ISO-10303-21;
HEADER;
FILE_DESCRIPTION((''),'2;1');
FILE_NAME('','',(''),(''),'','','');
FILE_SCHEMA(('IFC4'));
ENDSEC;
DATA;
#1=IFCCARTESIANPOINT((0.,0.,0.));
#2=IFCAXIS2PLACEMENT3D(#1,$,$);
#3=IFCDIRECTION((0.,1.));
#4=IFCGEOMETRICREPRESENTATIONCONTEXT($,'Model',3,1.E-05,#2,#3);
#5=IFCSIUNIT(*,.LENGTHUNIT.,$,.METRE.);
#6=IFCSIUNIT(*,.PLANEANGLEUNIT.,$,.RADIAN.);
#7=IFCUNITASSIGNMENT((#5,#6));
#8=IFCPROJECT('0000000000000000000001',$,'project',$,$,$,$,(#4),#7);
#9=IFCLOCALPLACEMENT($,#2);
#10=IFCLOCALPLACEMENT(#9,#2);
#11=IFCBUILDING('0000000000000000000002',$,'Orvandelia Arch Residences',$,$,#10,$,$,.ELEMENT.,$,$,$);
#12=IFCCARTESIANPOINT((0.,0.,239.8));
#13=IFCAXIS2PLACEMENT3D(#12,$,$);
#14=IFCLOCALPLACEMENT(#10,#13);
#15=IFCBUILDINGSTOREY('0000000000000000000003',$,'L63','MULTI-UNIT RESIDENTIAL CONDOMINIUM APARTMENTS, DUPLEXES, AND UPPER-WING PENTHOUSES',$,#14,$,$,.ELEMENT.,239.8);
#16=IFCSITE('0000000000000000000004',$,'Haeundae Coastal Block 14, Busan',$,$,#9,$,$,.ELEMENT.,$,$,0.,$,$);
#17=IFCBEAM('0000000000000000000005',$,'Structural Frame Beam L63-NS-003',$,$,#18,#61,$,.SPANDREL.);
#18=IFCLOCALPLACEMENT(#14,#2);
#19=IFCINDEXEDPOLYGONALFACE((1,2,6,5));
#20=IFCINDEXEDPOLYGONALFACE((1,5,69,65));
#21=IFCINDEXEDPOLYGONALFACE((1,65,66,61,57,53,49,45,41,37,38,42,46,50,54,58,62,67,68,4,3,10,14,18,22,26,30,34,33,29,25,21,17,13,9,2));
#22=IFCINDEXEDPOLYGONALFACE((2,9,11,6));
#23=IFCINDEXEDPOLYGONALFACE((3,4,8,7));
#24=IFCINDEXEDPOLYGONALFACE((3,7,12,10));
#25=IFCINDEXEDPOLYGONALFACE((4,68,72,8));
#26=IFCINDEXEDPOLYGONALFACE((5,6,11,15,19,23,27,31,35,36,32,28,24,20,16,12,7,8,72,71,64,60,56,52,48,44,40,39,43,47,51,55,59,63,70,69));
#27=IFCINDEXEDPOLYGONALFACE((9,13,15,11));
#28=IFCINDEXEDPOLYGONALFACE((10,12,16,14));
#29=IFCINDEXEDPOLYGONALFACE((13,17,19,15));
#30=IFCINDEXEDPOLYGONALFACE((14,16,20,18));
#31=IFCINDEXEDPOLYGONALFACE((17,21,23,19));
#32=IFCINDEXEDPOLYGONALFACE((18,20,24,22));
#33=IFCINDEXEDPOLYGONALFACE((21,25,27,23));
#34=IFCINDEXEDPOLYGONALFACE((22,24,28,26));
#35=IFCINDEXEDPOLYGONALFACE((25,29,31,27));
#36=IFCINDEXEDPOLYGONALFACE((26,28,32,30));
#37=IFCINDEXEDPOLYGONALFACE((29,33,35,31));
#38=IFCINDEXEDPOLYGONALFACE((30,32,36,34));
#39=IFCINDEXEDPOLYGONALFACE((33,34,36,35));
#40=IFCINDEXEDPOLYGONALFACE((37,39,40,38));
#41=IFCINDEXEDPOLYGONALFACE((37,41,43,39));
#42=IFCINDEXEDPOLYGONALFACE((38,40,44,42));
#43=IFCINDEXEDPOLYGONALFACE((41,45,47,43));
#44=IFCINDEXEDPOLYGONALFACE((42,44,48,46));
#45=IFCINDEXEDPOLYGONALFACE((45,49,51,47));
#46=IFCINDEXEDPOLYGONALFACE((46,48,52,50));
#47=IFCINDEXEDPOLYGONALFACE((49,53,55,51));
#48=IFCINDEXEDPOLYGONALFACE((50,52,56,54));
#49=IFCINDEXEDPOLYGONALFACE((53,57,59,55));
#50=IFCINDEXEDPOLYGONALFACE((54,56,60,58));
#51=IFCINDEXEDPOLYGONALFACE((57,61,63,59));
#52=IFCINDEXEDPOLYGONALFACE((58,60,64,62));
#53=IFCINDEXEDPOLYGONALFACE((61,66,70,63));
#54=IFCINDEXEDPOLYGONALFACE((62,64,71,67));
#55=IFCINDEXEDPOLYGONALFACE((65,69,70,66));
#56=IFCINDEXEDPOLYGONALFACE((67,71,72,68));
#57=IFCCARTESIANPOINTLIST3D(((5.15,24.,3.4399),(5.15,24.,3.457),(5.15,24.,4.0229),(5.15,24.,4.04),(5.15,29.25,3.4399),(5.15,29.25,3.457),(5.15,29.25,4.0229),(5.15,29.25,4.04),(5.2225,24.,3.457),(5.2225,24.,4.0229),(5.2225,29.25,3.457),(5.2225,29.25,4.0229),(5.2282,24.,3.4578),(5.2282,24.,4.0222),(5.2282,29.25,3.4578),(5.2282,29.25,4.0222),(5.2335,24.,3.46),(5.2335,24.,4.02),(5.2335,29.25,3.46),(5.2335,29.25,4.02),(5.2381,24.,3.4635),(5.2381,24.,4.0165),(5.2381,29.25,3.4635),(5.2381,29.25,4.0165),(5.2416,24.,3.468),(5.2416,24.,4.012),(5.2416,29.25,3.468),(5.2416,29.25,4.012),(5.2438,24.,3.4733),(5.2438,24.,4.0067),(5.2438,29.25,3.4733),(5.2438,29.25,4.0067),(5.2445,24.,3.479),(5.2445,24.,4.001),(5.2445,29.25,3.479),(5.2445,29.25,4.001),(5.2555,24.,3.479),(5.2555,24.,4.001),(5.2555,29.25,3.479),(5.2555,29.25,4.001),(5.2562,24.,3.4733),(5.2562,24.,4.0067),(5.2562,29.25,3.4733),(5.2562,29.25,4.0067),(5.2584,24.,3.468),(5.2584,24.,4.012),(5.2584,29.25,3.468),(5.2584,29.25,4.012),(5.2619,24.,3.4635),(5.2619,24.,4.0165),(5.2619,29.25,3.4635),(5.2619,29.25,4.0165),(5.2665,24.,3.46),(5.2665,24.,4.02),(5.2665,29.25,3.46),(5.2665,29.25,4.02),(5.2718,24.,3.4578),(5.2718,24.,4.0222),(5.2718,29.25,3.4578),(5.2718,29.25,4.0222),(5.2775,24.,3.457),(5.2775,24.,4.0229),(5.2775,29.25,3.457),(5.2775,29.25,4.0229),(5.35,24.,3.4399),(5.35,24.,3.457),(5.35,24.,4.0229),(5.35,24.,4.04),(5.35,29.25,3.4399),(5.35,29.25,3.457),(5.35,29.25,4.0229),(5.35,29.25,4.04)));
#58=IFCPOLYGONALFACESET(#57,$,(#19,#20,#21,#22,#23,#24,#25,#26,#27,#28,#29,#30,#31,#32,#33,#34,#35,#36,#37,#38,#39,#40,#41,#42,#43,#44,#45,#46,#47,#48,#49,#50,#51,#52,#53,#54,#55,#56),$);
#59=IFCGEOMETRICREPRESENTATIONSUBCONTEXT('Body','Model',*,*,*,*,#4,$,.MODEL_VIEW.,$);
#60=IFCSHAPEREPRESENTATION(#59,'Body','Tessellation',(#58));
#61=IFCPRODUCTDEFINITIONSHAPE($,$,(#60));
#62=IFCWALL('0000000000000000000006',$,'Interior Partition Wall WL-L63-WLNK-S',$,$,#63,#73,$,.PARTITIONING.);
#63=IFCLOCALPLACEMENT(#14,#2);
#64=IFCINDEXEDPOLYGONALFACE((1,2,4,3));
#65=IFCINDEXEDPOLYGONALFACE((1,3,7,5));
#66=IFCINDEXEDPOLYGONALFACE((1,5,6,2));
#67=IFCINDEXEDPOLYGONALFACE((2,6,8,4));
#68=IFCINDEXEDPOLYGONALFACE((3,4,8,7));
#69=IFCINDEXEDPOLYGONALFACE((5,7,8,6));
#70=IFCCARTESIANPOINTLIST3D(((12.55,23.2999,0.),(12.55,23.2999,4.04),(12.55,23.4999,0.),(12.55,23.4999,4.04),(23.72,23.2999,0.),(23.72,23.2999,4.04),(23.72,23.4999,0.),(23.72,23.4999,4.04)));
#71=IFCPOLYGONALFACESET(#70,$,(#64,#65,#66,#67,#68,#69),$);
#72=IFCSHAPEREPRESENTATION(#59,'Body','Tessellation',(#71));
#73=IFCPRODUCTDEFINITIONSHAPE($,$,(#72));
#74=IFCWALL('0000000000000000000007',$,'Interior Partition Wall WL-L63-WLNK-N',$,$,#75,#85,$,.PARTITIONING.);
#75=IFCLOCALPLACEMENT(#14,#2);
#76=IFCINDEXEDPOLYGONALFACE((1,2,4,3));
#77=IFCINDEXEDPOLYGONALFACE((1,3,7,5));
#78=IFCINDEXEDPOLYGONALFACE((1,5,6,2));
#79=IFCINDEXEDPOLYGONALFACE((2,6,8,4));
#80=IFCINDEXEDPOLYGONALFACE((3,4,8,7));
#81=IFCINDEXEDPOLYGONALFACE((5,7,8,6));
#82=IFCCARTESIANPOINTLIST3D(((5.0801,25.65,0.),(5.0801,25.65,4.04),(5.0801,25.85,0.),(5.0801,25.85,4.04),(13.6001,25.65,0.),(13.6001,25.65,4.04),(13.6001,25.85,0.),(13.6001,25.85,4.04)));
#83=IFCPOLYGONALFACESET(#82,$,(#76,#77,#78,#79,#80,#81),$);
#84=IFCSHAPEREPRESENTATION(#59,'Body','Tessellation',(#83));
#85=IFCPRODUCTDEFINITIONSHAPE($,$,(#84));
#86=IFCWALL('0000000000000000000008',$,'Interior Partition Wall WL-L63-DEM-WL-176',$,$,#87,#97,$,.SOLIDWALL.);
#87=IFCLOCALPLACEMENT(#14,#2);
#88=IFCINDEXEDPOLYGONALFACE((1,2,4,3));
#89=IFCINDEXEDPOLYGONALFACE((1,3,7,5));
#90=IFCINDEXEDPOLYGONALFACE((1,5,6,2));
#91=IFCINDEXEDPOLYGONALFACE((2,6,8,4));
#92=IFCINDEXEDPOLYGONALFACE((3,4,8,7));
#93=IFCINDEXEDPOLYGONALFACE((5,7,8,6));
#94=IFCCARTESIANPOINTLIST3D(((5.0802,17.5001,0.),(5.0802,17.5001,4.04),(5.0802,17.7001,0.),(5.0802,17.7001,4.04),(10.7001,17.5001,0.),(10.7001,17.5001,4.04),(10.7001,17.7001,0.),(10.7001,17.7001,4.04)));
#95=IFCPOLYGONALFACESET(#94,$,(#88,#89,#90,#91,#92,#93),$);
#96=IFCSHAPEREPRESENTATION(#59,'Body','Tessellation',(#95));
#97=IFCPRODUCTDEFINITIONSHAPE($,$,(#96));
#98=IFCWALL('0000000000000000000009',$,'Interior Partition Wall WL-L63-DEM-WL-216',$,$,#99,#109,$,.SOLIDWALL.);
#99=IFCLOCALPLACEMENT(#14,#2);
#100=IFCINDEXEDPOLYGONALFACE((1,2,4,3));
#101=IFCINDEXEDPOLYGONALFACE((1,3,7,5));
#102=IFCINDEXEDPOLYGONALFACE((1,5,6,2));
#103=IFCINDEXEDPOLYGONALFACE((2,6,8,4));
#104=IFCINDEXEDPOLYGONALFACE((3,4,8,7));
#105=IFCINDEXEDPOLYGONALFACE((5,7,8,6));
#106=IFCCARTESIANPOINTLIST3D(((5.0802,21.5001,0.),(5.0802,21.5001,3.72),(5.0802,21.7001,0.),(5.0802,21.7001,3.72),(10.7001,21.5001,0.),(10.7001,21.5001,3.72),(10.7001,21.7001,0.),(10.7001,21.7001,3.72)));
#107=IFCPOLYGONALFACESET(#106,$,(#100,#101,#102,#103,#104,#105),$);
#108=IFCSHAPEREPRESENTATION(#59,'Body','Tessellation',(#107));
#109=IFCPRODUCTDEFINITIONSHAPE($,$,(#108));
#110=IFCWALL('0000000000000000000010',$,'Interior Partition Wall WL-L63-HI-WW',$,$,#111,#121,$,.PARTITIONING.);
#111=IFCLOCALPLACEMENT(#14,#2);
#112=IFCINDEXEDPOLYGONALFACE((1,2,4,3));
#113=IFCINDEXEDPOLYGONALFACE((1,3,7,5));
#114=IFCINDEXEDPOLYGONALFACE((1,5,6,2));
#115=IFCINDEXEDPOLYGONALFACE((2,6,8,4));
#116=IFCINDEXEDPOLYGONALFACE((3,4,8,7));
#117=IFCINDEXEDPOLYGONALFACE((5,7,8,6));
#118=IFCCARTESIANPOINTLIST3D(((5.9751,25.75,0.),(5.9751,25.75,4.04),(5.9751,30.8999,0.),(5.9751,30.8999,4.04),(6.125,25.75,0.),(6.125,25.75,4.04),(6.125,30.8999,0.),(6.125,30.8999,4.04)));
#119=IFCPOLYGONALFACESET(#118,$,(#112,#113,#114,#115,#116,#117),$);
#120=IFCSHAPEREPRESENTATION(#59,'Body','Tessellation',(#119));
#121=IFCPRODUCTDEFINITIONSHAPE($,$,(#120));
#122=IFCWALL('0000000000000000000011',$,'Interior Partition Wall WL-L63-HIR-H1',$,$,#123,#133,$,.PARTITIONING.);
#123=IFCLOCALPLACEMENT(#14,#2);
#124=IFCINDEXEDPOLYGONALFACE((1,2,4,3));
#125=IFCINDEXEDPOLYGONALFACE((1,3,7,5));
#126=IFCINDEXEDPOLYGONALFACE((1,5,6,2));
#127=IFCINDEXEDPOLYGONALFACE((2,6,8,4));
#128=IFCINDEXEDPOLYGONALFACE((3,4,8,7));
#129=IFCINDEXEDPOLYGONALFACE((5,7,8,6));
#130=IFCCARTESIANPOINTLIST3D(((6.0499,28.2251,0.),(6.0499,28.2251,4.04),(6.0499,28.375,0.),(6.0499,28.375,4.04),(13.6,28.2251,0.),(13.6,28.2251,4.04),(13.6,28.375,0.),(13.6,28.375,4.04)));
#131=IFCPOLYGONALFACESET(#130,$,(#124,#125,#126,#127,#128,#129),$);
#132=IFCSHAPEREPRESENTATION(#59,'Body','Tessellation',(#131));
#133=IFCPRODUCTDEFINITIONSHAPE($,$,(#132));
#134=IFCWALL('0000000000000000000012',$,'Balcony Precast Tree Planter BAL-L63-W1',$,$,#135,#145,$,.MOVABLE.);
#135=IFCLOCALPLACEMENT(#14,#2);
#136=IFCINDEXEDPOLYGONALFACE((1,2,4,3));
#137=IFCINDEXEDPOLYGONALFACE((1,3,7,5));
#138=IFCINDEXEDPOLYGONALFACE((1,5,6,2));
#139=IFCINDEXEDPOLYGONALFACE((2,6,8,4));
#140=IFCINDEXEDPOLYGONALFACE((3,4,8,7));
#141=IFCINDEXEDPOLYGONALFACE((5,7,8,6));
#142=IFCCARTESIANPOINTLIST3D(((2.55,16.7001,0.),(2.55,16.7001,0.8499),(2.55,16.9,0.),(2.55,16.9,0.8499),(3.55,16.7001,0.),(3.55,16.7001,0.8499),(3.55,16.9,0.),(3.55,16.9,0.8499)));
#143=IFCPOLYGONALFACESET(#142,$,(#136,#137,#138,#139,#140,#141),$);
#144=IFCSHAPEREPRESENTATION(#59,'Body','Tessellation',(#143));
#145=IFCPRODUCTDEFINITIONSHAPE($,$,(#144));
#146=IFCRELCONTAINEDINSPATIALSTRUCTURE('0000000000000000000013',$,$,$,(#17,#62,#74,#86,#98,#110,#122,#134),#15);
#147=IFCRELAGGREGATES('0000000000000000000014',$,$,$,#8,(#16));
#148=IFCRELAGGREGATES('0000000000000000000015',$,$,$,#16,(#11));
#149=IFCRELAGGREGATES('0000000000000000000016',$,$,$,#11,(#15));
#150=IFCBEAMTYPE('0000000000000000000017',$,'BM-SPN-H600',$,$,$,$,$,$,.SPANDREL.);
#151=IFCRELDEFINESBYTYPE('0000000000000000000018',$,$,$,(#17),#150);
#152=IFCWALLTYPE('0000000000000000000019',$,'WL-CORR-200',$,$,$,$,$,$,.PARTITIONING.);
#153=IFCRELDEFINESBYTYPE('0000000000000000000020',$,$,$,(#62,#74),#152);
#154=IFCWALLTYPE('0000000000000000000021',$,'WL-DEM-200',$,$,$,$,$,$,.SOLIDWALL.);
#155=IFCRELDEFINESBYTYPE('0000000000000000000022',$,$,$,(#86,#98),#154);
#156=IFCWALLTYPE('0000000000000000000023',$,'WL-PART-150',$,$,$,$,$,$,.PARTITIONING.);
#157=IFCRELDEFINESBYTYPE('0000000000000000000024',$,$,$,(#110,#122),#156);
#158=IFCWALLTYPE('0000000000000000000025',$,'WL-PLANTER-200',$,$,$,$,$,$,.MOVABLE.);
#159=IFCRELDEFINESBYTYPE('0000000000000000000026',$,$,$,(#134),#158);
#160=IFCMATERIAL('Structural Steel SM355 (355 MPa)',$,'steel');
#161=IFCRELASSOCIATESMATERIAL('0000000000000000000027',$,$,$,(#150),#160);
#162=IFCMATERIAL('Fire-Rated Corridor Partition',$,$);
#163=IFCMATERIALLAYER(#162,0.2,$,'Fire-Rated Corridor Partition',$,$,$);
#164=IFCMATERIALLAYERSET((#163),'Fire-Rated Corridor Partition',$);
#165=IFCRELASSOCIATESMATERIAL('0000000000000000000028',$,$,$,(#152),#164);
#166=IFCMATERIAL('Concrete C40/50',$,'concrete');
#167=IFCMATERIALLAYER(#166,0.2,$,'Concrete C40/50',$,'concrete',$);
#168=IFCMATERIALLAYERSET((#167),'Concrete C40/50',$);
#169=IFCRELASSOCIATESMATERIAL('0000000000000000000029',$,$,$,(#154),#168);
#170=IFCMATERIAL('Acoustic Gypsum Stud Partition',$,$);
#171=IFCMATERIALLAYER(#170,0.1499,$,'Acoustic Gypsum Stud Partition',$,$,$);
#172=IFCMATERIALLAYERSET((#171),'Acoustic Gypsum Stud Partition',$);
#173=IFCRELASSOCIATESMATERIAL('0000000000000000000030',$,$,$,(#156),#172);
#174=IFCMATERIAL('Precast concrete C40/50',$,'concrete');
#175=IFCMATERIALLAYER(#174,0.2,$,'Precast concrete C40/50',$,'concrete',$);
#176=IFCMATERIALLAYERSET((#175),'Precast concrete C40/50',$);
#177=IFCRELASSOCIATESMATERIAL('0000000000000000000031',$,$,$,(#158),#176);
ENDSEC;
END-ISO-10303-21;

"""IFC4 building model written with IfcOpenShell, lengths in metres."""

from ifc_helpers import new_model, si_unit, direction, frame, frame_2d, origin, origin_2d, place, context, subcontext, project, spatial, rectangle, i_section, extrude, material, layer, layer_set, material_profile, profile_set, type_object, element, save


model = new_model("IFC4")

# Units and contexts
model_context = context("Model", 3, precision=1e-05, world=origin(), true_north=direction((0.0, 1.0)))
body_context = subcontext(model_context, "Body", "Model", "MODEL_VIEW")
ifc_project = project(units=[si_unit("LENGTHUNIT", "METRE"), si_unit("PLANEANGLEUNIT", "RADIAN")], contexts=[model_context])

# Site, building, storey
site_placement = place(None, origin())
site = spatial("IfcSite", under=ifc_project, at=site_placement, Name="Haeundae Coastal Block 14, Busan", CompositionType="ELEMENT", RefElevation=0.0)
building_placement = place(site_placement, origin())
building = spatial("IfcBuilding", under=site, at=building_placement, Name="Orvandelia Arch Residences", CompositionType="ELEMENT")
storey_placement = place(building_placement, frame((0.0, 0.0, 239.8)))
storey = spatial("IfcBuildingStorey", under=building, at=storey_placement, Name="L63", Description="MULTI-UNIT RESIDENTIAL CONDOMINIUM APARTMENTS, DUPLEXES, AND UPPER-WING PENTHOUSES", CompositionType="ELEMENT", Elevation=239.8)

# Beam
ifc_material_1 = material(Name="Structural Steel SM355 (355 MPa)", Category="steel")
ifc_material_profile_1 = material_profile(ifc_material_1, i_section(OverallWidth=0.2, OverallDepth=0.6001, WebThickness=0.011, FlangeThickness=0.0171, FilletRadius=0.022, at=origin_2d()), Name="Structural Steel SM355 (355 MPa)", Category="steel")
ifc_profile_set_1 = profile_set([ifc_material_profile_1], Name="Structural Steel SM355 (355 MPa)")
beam_type_1 = type_object("IfcBeamType", Name="BM-SPN-H600", PredefinedType="SPANDREL", material=ifc_profile_set_1)
beam_placement = place(storey_placement, frame((5.25, 24.0, 3.74), z_axis=(0.0, 1.0, 0.0), x_axis=(-1.0, 0.0, 0.0)))
element("IfcBeam", 1, at=beam_placement, inside=storey, type_object=beam_type_1, Name="Structural Frame Beam L63-NS-003", PredefinedType="SPANDREL", context=body_context, shape_type="SweptSolid", body=[
    extrude(i_section(OverallWidth=0.2, OverallDepth=0.6001, WebThickness=0.011, FlangeThickness=0.0171, FilletRadius=0.022, at=origin_2d()), origin(), (0.0, 0.0, 1.0), 5.25),
])

# Walls
ifc_material_2 = material(Name="Fire-Rated Corridor Partition")
ifc_layer_1 = layer(ifc_material_2, 0.2, Name="Fire-Rated Corridor Partition")
ifc_layer_set_1 = layer_set([ifc_layer_1], Name="Fire-Rated Corridor Partition")
wall_type_1 = type_object("IfcWallType", Name="WL-CORR-200", PredefinedType="PARTITIONING", material=ifc_layer_set_1)
wall_1_placement = place(storey_placement, frame((12.55, 23.3999, 0.0), z_axis=(0.0, 0.0, 1.0), x_axis=(1.0, 0.0, 0.0)))
element("IfcWall", 2, at=wall_1_placement, inside=storey, type_object=wall_type_1, Name="Interior Partition Wall WL-L63-WLNK-S", PredefinedType="PARTITIONING", context=body_context, shape_type="SweptSolid", body=[
    extrude(rectangle(XDim=11.1699, YDim=0.2, at=frame_2d((5.585, 0.0))), origin(), (0.0, 0.0, 1.0), 4.04),
])
wall_2_placement = place(storey_placement, frame((5.0801, 25.75, 0.0), z_axis=(0.0, 0.0, 1.0), x_axis=(1.0, 0.0, 0.0)))
element("IfcWall", 3, at=wall_2_placement, inside=storey, type_object=wall_type_1, Name="Interior Partition Wall WL-L63-WLNK-N", PredefinedType="PARTITIONING", context=body_context, shape_type="SweptSolid", body=[
    extrude(rectangle(XDim=8.52, YDim=0.2, at=frame_2d((4.26, 0.0))), origin(), (0.0, 0.0, 1.0), 4.04),
])
ifc_material_3 = material(Name="Concrete C40/50", Category="concrete")
ifc_layer_2 = layer(ifc_material_3, 0.2, Name="Concrete C40/50", Category="concrete")
ifc_layer_set_2 = layer_set([ifc_layer_2], Name="Concrete C40/50")
wall_type_2 = type_object("IfcWallType", Name="WL-DEM-200", PredefinedType="SOLIDWALL", material=ifc_layer_set_2)
wall_3_placement = place(storey_placement, frame((5.0801, 17.6001, 0.0), z_axis=(0.0, 0.0, 1.0), x_axis=(1.0, 0.0, 0.0)))
element("IfcWall", 4, at=wall_3_placement, inside=storey, type_object=wall_type_2, Name="Interior Partition Wall WL-L63-DEM-WL-176", PredefinedType="SOLIDWALL", context=body_context, shape_type="SweptSolid", body=[
    extrude(rectangle(XDim=5.6199, YDim=0.2, at=frame_2d((2.8101, 0.0))), origin(), (0.0, 0.0, 1.0), 4.04),
])
wall_4_placement = place(storey_placement, frame((5.0801, 21.6001, 0.0), z_axis=(0.0, 0.0, 1.0), x_axis=(1.0, 0.0, 0.0)))
element("IfcWall", 5, at=wall_4_placement, inside=storey, type_object=wall_type_2, Name="Interior Partition Wall WL-L63-DEM-WL-216", PredefinedType="SOLIDWALL", context=body_context, shape_type="SweptSolid", body=[
    extrude(rectangle(XDim=5.6199, YDim=0.2, at=frame_2d((2.8101, 0.0))), origin(), (0.0, 0.0, 1.0), 3.72),
])

# Shared definitions
ifc_material_4 = material(Name="Acoustic Gypsum Stud Partition")
ifc_layer_3 = layer(ifc_material_4, 0.1499, Name="Acoustic Gypsum Stud Partition")
ifc_layer_set_3 = layer_set([ifc_layer_3], Name="Acoustic Gypsum Stud Partition")
wall_type_3 = type_object("IfcWallType", Name="WL-PART-150", PredefinedType="PARTITIONING", material=ifc_layer_set_3)

# Walls
wall_5_placement = place(storey_placement, frame((6.05, 25.75, 0.0), z_axis=(0.0, 0.0, 1.0), x_axis=(0.0, 1.0, 0.0)))
element("IfcWall", 6, at=wall_5_placement, inside=storey, type_object=wall_type_3, Name="Interior Partition Wall WL-L63-HI-WW", PredefinedType="PARTITIONING", context=body_context, shape_type="SweptSolid", body=[
    extrude(rectangle(XDim=5.1499, YDim=0.1499, at=frame_2d((2.575, 0.0))), origin(), (0.0, 0.0, 1.0), 4.04),
])
wall_6_placement = place(storey_placement, frame((6.05, 28.3, 0.0), z_axis=(0.0, 0.0, 1.0), x_axis=(1.0, 0.0, 0.0)))
element("IfcWall", 7, at=wall_6_placement, inside=storey, type_object=wall_type_3, Name="Interior Partition Wall WL-L63-HIR-H1", PredefinedType="PARTITIONING", context=body_context, shape_type="SweptSolid", body=[
    extrude(rectangle(XDim=7.55, YDim=0.1499, at=frame_2d((3.7749, 0.0))), origin(), (0.0, 0.0, 1.0), 4.04),
])
ifc_material_5 = material(Name="Precast concrete C40/50", Category="concrete")
ifc_layer_4 = layer(ifc_material_5, 0.2, Name="Precast concrete C40/50", Category="concrete")
ifc_layer_set_4 = layer_set([ifc_layer_4], Name="Precast concrete C40/50")
wall_type_4 = type_object("IfcWallType", Name="WL-PLANTER-200", PredefinedType="MOVABLE", material=ifc_layer_set_4)
wall_7_placement = place(storey_placement, frame((2.55, 16.8, 0.0), z_axis=(0.0, 0.0, 1.0), x_axis=(1.0, 0.0, 0.0)))
element("IfcWall", 8, at=wall_7_placement, inside=storey, type_object=wall_type_4, Name="Balcony Precast Tree Planter BAL-L63-W1", PredefinedType="MOVABLE", context=body_context, shape_type="SweptSolid", body=[
    extrude(rectangle(XDim=1.0, YDim=0.2, at=frame_2d((0.5, 0.0))), origin(), (0.0, 0.0, 1.0), 0.8499),
])

save(model, "model.ifc")
